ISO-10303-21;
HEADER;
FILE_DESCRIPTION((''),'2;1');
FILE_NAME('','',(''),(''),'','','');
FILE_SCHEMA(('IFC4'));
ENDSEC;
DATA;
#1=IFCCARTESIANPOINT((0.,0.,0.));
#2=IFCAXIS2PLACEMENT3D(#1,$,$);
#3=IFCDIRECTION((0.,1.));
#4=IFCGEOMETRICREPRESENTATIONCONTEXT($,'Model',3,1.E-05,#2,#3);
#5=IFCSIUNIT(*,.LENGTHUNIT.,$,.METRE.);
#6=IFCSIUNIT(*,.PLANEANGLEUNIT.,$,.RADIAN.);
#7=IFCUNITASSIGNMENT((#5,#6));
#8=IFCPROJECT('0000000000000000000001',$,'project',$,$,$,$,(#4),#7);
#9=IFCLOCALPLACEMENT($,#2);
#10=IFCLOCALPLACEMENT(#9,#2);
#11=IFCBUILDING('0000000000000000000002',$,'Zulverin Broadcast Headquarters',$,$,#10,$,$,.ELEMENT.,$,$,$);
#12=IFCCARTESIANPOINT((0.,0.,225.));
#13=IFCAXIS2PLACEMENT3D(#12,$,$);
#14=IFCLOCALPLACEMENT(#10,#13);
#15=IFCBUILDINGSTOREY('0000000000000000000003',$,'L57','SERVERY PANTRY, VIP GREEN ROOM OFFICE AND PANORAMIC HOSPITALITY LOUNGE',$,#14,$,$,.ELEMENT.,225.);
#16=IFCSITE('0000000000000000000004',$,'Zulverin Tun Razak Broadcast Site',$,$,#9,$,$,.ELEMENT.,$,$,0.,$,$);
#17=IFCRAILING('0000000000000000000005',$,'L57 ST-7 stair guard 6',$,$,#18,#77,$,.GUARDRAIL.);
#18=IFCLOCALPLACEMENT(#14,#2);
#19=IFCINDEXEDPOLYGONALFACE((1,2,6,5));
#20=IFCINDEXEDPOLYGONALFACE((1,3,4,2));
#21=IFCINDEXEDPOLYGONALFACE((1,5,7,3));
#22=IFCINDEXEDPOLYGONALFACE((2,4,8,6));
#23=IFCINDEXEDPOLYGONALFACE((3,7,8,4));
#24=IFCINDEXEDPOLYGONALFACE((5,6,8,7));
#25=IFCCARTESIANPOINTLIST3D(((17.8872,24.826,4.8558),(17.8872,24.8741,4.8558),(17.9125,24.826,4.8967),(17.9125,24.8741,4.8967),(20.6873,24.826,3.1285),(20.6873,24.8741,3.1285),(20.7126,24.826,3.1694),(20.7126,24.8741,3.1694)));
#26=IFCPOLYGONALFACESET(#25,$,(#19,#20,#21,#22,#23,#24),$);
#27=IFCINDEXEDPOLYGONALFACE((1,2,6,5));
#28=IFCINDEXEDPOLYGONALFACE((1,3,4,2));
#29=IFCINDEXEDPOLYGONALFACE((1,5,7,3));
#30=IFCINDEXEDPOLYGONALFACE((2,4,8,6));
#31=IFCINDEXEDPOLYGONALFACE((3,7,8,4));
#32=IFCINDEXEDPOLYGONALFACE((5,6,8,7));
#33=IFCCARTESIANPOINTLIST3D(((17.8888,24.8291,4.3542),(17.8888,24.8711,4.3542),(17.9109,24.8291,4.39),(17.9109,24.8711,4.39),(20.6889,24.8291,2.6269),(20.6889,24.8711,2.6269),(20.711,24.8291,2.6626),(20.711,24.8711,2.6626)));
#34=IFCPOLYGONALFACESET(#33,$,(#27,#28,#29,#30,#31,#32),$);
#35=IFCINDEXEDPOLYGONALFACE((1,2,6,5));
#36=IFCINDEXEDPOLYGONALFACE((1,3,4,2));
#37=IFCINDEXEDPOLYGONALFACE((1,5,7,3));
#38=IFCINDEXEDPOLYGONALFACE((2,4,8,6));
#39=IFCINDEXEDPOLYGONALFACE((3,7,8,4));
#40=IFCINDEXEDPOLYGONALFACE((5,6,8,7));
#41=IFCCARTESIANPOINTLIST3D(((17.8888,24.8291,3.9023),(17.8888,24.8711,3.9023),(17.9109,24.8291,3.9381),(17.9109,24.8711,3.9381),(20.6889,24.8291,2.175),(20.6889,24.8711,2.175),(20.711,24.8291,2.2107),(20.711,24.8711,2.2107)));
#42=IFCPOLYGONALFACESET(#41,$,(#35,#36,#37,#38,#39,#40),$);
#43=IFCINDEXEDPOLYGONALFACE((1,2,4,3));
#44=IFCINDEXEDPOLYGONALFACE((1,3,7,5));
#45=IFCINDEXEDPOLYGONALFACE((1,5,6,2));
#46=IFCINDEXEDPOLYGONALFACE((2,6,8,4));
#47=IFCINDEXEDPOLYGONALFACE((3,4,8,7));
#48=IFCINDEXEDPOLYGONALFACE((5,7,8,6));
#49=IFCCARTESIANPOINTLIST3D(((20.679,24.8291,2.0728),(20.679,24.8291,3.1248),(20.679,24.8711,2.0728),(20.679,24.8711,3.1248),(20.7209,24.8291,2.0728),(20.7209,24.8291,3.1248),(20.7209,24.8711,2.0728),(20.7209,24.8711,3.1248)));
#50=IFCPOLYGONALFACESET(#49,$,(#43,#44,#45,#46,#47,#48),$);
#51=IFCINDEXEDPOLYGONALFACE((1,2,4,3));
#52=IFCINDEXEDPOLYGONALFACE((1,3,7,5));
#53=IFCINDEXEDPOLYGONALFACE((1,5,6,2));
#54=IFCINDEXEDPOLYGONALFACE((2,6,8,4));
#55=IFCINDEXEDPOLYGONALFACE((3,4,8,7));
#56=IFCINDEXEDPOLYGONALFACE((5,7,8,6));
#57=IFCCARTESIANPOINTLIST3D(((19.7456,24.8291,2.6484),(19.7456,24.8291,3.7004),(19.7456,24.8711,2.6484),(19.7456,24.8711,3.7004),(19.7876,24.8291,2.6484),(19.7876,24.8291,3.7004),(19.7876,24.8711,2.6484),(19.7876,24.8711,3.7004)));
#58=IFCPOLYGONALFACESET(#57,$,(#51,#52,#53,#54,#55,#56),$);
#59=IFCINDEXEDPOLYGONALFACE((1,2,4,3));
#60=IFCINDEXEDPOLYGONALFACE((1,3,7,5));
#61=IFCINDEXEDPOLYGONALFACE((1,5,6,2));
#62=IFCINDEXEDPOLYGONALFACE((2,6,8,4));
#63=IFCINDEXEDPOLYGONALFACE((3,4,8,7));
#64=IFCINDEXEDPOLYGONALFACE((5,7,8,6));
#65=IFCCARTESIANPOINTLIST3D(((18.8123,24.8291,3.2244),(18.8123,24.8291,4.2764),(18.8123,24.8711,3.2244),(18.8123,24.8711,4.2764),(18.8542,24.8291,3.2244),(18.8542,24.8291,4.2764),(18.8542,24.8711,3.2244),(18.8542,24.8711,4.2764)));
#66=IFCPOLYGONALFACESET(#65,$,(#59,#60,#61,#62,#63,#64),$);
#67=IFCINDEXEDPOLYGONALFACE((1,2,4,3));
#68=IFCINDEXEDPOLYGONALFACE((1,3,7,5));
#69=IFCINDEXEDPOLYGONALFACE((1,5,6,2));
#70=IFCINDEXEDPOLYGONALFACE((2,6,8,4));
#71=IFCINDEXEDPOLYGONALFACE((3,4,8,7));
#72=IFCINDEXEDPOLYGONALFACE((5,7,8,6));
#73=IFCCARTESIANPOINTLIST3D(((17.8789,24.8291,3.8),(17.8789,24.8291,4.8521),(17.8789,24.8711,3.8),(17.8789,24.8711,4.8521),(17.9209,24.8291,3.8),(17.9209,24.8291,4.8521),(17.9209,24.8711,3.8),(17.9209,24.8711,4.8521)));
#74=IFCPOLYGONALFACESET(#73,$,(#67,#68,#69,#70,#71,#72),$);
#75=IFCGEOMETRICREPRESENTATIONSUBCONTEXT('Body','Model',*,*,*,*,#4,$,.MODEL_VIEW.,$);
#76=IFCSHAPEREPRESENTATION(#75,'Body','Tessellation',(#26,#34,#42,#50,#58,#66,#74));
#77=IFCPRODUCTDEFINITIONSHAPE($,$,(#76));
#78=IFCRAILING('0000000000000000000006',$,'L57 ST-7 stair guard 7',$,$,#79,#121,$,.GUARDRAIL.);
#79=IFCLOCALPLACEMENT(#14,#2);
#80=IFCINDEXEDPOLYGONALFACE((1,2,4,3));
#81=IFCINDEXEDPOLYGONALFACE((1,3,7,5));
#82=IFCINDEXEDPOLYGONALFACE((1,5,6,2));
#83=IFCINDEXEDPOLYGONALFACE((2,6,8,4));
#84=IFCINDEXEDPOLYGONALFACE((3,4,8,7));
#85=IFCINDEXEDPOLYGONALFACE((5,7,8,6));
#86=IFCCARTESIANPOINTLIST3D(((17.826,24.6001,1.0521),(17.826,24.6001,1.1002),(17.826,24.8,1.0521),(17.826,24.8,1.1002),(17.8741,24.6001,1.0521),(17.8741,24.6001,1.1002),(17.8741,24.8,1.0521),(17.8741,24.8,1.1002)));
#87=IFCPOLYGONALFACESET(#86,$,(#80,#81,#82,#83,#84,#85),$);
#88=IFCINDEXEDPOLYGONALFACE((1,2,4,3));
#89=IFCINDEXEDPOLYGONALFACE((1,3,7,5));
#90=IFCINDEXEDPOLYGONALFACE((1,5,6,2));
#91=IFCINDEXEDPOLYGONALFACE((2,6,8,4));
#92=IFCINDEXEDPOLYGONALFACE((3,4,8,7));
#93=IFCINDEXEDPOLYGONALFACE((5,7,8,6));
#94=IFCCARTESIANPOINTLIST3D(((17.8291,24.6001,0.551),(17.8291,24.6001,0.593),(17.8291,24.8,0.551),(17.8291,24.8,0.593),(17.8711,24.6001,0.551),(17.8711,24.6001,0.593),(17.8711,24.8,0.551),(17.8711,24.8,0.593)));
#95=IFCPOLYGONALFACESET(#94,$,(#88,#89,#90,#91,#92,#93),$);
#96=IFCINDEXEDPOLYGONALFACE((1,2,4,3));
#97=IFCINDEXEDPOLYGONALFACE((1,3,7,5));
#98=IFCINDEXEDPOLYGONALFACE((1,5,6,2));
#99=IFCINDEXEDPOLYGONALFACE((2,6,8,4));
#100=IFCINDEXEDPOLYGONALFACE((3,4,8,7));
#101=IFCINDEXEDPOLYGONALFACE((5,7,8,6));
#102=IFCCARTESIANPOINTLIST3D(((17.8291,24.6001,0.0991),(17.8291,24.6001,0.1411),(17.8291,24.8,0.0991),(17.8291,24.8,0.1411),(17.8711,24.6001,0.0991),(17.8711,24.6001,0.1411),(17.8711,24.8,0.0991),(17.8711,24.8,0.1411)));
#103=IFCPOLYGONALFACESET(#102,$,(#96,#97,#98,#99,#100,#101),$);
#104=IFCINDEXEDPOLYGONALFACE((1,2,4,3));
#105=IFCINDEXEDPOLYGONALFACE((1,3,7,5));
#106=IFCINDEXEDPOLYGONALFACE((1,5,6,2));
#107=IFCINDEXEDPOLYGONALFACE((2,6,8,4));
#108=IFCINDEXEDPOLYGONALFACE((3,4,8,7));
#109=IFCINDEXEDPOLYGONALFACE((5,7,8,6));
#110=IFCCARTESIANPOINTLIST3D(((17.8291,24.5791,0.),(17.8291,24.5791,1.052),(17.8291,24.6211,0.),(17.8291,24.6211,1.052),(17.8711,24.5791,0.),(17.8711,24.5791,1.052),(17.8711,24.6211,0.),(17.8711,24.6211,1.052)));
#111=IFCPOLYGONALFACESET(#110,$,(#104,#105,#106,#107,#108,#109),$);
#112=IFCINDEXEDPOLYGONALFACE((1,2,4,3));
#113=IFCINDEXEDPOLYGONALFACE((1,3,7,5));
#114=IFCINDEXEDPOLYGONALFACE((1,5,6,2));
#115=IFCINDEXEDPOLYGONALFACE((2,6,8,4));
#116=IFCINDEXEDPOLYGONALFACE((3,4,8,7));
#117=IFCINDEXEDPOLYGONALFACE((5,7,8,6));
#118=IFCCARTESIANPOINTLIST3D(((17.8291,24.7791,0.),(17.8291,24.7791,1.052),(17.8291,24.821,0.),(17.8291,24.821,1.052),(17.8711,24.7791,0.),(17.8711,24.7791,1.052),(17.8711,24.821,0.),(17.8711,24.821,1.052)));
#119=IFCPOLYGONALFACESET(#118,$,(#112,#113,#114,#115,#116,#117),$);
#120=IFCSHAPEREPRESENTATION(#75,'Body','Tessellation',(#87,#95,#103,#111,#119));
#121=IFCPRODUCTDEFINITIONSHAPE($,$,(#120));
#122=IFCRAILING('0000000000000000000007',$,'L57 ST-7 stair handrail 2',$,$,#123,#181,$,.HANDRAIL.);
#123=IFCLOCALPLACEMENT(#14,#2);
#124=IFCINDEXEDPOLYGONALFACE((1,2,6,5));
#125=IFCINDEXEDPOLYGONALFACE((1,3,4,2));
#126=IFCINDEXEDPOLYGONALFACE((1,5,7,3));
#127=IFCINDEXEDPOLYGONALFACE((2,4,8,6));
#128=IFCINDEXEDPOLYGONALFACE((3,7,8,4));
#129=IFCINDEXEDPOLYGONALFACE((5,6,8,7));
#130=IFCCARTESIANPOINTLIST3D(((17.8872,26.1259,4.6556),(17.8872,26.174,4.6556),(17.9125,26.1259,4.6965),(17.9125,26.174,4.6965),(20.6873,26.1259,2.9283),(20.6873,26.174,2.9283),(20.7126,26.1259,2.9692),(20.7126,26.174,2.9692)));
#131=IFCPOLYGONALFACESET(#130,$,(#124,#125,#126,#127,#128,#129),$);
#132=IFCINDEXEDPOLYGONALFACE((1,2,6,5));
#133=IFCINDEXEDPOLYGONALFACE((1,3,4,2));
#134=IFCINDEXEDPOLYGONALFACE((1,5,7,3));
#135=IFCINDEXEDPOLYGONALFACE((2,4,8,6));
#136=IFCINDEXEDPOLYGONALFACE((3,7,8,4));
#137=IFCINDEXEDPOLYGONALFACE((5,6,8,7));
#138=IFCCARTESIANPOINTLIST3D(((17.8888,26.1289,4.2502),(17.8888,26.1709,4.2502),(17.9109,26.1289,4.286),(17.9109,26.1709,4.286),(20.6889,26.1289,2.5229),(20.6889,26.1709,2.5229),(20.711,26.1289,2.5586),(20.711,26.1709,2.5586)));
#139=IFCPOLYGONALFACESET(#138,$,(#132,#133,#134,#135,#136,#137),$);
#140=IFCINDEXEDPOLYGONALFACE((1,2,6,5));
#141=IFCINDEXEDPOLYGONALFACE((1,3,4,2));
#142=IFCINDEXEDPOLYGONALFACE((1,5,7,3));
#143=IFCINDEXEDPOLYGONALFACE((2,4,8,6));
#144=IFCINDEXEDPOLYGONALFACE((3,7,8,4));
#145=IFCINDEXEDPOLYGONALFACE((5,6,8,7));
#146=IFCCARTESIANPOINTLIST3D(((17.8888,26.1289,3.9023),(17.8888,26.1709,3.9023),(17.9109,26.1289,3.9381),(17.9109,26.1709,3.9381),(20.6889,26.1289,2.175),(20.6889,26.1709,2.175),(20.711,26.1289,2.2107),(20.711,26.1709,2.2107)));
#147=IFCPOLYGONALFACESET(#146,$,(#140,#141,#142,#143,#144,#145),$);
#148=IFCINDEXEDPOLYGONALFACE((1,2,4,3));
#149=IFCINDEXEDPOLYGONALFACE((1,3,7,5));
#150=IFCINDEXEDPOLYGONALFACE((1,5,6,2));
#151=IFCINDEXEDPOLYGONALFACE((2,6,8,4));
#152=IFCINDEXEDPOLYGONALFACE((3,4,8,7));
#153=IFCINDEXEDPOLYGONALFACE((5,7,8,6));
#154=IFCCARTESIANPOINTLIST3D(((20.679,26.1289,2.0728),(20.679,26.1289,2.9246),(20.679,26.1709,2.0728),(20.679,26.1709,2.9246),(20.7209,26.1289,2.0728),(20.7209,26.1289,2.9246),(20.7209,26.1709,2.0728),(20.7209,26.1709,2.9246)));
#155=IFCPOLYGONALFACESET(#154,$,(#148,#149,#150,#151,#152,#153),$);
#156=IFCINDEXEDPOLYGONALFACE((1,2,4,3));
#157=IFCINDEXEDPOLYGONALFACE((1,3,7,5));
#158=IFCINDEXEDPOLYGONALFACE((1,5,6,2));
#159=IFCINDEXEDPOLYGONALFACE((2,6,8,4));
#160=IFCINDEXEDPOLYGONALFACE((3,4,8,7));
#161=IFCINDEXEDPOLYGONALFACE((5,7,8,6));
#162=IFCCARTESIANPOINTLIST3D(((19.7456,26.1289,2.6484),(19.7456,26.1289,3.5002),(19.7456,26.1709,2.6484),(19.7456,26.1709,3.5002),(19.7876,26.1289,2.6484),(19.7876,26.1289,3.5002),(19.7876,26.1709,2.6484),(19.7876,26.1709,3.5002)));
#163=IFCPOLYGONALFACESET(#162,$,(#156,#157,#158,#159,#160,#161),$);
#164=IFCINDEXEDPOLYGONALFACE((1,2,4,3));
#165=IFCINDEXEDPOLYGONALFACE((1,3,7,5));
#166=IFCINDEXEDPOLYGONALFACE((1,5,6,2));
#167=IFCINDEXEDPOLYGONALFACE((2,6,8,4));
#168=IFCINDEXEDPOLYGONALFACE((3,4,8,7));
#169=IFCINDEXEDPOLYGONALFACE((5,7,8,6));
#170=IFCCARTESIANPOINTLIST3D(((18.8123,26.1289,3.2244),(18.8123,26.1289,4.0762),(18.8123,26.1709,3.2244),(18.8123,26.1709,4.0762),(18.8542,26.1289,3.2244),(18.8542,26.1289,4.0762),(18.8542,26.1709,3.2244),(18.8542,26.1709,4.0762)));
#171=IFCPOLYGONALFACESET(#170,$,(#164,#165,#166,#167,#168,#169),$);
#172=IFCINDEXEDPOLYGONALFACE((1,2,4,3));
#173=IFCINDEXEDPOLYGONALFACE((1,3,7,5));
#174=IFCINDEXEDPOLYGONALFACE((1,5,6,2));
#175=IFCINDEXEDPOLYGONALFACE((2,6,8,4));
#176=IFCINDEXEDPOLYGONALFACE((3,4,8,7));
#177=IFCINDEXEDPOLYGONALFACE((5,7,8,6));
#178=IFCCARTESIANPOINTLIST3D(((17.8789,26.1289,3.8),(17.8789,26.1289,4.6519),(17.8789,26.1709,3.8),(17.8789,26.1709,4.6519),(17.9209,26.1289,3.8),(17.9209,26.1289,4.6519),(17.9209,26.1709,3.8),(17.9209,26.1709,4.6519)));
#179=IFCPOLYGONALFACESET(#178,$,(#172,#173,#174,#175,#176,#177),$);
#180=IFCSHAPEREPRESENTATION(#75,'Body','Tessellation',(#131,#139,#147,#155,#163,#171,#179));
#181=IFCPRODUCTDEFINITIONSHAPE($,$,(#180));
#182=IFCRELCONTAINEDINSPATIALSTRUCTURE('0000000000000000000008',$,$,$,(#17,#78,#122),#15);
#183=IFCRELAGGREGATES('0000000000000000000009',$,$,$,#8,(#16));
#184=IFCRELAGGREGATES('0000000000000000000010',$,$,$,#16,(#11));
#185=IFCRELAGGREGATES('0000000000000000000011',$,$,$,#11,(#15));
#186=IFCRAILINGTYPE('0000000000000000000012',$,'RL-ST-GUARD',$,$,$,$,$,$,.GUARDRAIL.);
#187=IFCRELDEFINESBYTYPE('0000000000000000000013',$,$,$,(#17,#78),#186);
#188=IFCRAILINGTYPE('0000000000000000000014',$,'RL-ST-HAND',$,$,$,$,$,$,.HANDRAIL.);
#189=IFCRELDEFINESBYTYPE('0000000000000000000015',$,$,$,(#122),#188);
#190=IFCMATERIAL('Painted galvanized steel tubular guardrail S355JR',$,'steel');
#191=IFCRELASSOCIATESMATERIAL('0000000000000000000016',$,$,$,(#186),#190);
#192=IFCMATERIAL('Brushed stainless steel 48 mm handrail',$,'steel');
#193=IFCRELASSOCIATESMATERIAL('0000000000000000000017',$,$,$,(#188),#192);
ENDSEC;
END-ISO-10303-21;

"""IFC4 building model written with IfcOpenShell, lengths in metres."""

from ifc_helpers import new_model, si_unit, direction, frame, origin, origin_2d, place, context, subcontext, project, spatial, rectangle, extrude, material, type_object, element, save


model = new_model("IFC4")

# Units and contexts
model_context = context("Model", 3, precision=1e-05, world=origin(), true_north=direction((0.0, 1.0)))
body_context = subcontext(model_context, "Body", "Model", "MODEL_VIEW")
ifc_project = project(units=[si_unit("LENGTHUNIT", "METRE"), si_unit("PLANEANGLEUNIT", "RADIAN")], contexts=[model_context])

# Site, building, storey
site_placement = place(None, origin())
site = spatial("IfcSite", under=ifc_project, at=site_placement, Name="Zulverin Tun Razak Broadcast Site", CompositionType="ELEMENT", RefElevation=0.0)
building_placement = place(site_placement, origin())
building = spatial("IfcBuilding", under=site, at=building_placement, Name="Zulverin Broadcast Headquarters", CompositionType="ELEMENT")
storey_placement = place(building_placement, frame((0.0, 0.0, 225.0)))
storey = spatial("IfcBuildingStorey", under=building, at=storey_placement, Name="L57", Description="SERVERY PANTRY, VIP GREEN ROOM OFFICE AND PANORAMIC HOSPITALITY LOUNGE", CompositionType="ELEMENT", Elevation=225.0)

# Railings
ifc_material_1 = material(Name="Painted galvanized steel tubular guardrail S355JR", Category="steel")
railing_type_1 = type_object("IfcRailingType", Name="RL-ST-GUARD", PredefinedType="GUARDRAIL", material=ifc_material_1)
railing_1_placement = place(storey_placement, frame((20.7, 24.8501, 2.0728)))
element("IfcRailing", 1, at=railing_1_placement, inside=storey, type_object=railing_type_1, Name="L57 ST-7 stair guard 6", PredefinedType="GUARDRAIL", context=body_context, shape_type="SweptSolid", body=[
    extrude(rectangle(XDim=0.0481, YDim=0.0481, at=origin_2d()), frame((0.0, 0.0, 1.0762), z_axis=(-0.85109, 0.0, 0.52502), x_axis=(0.0, -1.0, 0.0)), (0.0, 0.0, 1.0), 3.29),
    extrude(rectangle(XDim=0.042, YDim=0.042, at=origin_2d()), frame((0.0, 0.0, 0.572), z_axis=(-0.85109, 0.0, 0.52502), x_axis=(0.0, -1.0, 0.0)), (0.0, 0.0, 1.0), 3.29),
    extrude(rectangle(XDim=0.042, YDim=0.042, at=origin_2d()), frame((0.0, 0.0, 0.1201), z_axis=(-0.85109, 0.0, 0.52502), x_axis=(0.0, -1.0, 0.0)), (0.0, 0.0, 1.0), 3.29),
    extrude(rectangle(XDim=0.042, YDim=0.042, at=origin_2d()), origin(), (0.0, 0.0, 1.0), 1.052),
    extrude(rectangle(XDim=0.042, YDim=0.042, at=origin_2d()), frame((-0.9333, 0.0, 0.5757)), (0.0, 0.0, 1.0), 1.052),
    extrude(rectangle(XDim=0.042, YDim=0.042, at=origin_2d()), frame((-1.8667, 0.0, 1.1516)), (0.0, 0.0, 1.0), 1.052),
    extrude(rectangle(XDim=0.042, YDim=0.042, at=origin_2d()), frame((-2.8, 0.0, 1.7273)), (0.0, 0.0, 1.0), 1.052),
])
railing_2_placement = place(storey_placement, frame((17.8501, 24.6001, 0.0)))
element("IfcRailing", 2, at=railing_2_placement, inside=storey, type_object=railing_type_1, Name="L57 ST-7 stair guard 7", PredefinedType="GUARDRAIL", context=body_context, shape_type="SweptSolid", body=[
    extrude(rectangle(XDim=0.0481, YDim=0.0481, at=origin_2d()), frame((0.0, 0.0, 1.0762), z_axis=(0.0, 1.0, 0.0), x_axis=(-1.0, 0.0, 0.0)), (0.0, 0.0, 1.0), 0.2),
    extrude(rectangle(XDim=0.042, YDim=0.042, at=origin_2d()), frame((0.0, 0.0, 0.572), z_axis=(0.0, 1.0, 0.0), x_axis=(-1.0, 0.0, 0.0)), (0.0, 0.0, 1.0), 0.2),
    extrude(rectangle(XDim=0.042, YDim=0.042, at=origin_2d()), frame((0.0, 0.0, 0.1201), z_axis=(0.0, 1.0, 0.0), x_axis=(-1.0, 0.0, 0.0)), (0.0, 0.0, 1.0), 0.2),
    extrude(rectangle(XDim=0.042, YDim=0.042, at=origin_2d()), origin(), (0.0, 0.0, 1.0), 1.052),
    extrude(rectangle(XDim=0.042, YDim=0.042, at=origin_2d()), frame((0.0, 0.2, 0.0)), (0.0, 0.0, 1.0), 1.052),
])
ifc_material_2 = material(Name="Brushed stainless steel 48 mm handrail", Category="steel")
railing_type_2 = type_object("IfcRailingType", Name="RL-ST-HAND", PredefinedType="HANDRAIL", material=ifc_material_2)
railing_3_placement = place(storey_placement, frame((20.7, 26.1499, 2.0728)))
element("IfcRailing", 3, at=railing_3_placement, inside=storey, type_object=railing_type_2, Name="L57 ST-7 stair handrail 2", PredefinedType="HANDRAIL", context=body_context, shape_type="SweptSolid", body=[
    extrude(rectangle(XDim=0.0481, YDim=0.0481, at=origin_2d()), frame((0.0, 0.0, 0.876), z_axis=(-0.85109, 0.0, 0.52502), x_axis=(0.0, -1.0, 0.0)), (0.0, 0.0, 1.0), 3.29),
    extrude(rectangle(XDim=0.042, YDim=0.042, at=origin_2d()), frame((0.0, 0.0, 0.468), z_axis=(-0.85109, 0.0, 0.52502), x_axis=(0.0, -1.0, 0.0)), (0.0, 0.0, 1.0), 3.29),
    extrude(rectangle(XDim=0.042, YDim=0.042, at=origin_2d()), frame((0.0, 0.0, 0.1201), z_axis=(-0.85109, 0.0, 0.52502), x_axis=(0.0, -1.0, 0.0)), (0.0, 0.0, 1.0), 3.29),
    extrude(rectangle(XDim=0.042, YDim=0.042, at=origin_2d()), origin(), (0.0, 0.0, 1.0), 0.8518),
    extrude(rectangle(XDim=0.042, YDim=0.042, at=origin_2d()), frame((-0.9333, 0.0, 0.5757)), (0.0, 0.0, 1.0), 0.8518),
    extrude(rectangle(XDim=0.042, YDim=0.042, at=origin_2d()), frame((-1.8667, 0.0, 1.1516)), (0.0, 0.0, 1.0), 0.8518),
    extrude(rectangle(XDim=0.042, YDim=0.042, at=origin_2d()), frame((-2.8, 0.0, 1.7273)), (0.0, 0.0, 1.0), 0.8518),
])

save(model, "model.ifc")
